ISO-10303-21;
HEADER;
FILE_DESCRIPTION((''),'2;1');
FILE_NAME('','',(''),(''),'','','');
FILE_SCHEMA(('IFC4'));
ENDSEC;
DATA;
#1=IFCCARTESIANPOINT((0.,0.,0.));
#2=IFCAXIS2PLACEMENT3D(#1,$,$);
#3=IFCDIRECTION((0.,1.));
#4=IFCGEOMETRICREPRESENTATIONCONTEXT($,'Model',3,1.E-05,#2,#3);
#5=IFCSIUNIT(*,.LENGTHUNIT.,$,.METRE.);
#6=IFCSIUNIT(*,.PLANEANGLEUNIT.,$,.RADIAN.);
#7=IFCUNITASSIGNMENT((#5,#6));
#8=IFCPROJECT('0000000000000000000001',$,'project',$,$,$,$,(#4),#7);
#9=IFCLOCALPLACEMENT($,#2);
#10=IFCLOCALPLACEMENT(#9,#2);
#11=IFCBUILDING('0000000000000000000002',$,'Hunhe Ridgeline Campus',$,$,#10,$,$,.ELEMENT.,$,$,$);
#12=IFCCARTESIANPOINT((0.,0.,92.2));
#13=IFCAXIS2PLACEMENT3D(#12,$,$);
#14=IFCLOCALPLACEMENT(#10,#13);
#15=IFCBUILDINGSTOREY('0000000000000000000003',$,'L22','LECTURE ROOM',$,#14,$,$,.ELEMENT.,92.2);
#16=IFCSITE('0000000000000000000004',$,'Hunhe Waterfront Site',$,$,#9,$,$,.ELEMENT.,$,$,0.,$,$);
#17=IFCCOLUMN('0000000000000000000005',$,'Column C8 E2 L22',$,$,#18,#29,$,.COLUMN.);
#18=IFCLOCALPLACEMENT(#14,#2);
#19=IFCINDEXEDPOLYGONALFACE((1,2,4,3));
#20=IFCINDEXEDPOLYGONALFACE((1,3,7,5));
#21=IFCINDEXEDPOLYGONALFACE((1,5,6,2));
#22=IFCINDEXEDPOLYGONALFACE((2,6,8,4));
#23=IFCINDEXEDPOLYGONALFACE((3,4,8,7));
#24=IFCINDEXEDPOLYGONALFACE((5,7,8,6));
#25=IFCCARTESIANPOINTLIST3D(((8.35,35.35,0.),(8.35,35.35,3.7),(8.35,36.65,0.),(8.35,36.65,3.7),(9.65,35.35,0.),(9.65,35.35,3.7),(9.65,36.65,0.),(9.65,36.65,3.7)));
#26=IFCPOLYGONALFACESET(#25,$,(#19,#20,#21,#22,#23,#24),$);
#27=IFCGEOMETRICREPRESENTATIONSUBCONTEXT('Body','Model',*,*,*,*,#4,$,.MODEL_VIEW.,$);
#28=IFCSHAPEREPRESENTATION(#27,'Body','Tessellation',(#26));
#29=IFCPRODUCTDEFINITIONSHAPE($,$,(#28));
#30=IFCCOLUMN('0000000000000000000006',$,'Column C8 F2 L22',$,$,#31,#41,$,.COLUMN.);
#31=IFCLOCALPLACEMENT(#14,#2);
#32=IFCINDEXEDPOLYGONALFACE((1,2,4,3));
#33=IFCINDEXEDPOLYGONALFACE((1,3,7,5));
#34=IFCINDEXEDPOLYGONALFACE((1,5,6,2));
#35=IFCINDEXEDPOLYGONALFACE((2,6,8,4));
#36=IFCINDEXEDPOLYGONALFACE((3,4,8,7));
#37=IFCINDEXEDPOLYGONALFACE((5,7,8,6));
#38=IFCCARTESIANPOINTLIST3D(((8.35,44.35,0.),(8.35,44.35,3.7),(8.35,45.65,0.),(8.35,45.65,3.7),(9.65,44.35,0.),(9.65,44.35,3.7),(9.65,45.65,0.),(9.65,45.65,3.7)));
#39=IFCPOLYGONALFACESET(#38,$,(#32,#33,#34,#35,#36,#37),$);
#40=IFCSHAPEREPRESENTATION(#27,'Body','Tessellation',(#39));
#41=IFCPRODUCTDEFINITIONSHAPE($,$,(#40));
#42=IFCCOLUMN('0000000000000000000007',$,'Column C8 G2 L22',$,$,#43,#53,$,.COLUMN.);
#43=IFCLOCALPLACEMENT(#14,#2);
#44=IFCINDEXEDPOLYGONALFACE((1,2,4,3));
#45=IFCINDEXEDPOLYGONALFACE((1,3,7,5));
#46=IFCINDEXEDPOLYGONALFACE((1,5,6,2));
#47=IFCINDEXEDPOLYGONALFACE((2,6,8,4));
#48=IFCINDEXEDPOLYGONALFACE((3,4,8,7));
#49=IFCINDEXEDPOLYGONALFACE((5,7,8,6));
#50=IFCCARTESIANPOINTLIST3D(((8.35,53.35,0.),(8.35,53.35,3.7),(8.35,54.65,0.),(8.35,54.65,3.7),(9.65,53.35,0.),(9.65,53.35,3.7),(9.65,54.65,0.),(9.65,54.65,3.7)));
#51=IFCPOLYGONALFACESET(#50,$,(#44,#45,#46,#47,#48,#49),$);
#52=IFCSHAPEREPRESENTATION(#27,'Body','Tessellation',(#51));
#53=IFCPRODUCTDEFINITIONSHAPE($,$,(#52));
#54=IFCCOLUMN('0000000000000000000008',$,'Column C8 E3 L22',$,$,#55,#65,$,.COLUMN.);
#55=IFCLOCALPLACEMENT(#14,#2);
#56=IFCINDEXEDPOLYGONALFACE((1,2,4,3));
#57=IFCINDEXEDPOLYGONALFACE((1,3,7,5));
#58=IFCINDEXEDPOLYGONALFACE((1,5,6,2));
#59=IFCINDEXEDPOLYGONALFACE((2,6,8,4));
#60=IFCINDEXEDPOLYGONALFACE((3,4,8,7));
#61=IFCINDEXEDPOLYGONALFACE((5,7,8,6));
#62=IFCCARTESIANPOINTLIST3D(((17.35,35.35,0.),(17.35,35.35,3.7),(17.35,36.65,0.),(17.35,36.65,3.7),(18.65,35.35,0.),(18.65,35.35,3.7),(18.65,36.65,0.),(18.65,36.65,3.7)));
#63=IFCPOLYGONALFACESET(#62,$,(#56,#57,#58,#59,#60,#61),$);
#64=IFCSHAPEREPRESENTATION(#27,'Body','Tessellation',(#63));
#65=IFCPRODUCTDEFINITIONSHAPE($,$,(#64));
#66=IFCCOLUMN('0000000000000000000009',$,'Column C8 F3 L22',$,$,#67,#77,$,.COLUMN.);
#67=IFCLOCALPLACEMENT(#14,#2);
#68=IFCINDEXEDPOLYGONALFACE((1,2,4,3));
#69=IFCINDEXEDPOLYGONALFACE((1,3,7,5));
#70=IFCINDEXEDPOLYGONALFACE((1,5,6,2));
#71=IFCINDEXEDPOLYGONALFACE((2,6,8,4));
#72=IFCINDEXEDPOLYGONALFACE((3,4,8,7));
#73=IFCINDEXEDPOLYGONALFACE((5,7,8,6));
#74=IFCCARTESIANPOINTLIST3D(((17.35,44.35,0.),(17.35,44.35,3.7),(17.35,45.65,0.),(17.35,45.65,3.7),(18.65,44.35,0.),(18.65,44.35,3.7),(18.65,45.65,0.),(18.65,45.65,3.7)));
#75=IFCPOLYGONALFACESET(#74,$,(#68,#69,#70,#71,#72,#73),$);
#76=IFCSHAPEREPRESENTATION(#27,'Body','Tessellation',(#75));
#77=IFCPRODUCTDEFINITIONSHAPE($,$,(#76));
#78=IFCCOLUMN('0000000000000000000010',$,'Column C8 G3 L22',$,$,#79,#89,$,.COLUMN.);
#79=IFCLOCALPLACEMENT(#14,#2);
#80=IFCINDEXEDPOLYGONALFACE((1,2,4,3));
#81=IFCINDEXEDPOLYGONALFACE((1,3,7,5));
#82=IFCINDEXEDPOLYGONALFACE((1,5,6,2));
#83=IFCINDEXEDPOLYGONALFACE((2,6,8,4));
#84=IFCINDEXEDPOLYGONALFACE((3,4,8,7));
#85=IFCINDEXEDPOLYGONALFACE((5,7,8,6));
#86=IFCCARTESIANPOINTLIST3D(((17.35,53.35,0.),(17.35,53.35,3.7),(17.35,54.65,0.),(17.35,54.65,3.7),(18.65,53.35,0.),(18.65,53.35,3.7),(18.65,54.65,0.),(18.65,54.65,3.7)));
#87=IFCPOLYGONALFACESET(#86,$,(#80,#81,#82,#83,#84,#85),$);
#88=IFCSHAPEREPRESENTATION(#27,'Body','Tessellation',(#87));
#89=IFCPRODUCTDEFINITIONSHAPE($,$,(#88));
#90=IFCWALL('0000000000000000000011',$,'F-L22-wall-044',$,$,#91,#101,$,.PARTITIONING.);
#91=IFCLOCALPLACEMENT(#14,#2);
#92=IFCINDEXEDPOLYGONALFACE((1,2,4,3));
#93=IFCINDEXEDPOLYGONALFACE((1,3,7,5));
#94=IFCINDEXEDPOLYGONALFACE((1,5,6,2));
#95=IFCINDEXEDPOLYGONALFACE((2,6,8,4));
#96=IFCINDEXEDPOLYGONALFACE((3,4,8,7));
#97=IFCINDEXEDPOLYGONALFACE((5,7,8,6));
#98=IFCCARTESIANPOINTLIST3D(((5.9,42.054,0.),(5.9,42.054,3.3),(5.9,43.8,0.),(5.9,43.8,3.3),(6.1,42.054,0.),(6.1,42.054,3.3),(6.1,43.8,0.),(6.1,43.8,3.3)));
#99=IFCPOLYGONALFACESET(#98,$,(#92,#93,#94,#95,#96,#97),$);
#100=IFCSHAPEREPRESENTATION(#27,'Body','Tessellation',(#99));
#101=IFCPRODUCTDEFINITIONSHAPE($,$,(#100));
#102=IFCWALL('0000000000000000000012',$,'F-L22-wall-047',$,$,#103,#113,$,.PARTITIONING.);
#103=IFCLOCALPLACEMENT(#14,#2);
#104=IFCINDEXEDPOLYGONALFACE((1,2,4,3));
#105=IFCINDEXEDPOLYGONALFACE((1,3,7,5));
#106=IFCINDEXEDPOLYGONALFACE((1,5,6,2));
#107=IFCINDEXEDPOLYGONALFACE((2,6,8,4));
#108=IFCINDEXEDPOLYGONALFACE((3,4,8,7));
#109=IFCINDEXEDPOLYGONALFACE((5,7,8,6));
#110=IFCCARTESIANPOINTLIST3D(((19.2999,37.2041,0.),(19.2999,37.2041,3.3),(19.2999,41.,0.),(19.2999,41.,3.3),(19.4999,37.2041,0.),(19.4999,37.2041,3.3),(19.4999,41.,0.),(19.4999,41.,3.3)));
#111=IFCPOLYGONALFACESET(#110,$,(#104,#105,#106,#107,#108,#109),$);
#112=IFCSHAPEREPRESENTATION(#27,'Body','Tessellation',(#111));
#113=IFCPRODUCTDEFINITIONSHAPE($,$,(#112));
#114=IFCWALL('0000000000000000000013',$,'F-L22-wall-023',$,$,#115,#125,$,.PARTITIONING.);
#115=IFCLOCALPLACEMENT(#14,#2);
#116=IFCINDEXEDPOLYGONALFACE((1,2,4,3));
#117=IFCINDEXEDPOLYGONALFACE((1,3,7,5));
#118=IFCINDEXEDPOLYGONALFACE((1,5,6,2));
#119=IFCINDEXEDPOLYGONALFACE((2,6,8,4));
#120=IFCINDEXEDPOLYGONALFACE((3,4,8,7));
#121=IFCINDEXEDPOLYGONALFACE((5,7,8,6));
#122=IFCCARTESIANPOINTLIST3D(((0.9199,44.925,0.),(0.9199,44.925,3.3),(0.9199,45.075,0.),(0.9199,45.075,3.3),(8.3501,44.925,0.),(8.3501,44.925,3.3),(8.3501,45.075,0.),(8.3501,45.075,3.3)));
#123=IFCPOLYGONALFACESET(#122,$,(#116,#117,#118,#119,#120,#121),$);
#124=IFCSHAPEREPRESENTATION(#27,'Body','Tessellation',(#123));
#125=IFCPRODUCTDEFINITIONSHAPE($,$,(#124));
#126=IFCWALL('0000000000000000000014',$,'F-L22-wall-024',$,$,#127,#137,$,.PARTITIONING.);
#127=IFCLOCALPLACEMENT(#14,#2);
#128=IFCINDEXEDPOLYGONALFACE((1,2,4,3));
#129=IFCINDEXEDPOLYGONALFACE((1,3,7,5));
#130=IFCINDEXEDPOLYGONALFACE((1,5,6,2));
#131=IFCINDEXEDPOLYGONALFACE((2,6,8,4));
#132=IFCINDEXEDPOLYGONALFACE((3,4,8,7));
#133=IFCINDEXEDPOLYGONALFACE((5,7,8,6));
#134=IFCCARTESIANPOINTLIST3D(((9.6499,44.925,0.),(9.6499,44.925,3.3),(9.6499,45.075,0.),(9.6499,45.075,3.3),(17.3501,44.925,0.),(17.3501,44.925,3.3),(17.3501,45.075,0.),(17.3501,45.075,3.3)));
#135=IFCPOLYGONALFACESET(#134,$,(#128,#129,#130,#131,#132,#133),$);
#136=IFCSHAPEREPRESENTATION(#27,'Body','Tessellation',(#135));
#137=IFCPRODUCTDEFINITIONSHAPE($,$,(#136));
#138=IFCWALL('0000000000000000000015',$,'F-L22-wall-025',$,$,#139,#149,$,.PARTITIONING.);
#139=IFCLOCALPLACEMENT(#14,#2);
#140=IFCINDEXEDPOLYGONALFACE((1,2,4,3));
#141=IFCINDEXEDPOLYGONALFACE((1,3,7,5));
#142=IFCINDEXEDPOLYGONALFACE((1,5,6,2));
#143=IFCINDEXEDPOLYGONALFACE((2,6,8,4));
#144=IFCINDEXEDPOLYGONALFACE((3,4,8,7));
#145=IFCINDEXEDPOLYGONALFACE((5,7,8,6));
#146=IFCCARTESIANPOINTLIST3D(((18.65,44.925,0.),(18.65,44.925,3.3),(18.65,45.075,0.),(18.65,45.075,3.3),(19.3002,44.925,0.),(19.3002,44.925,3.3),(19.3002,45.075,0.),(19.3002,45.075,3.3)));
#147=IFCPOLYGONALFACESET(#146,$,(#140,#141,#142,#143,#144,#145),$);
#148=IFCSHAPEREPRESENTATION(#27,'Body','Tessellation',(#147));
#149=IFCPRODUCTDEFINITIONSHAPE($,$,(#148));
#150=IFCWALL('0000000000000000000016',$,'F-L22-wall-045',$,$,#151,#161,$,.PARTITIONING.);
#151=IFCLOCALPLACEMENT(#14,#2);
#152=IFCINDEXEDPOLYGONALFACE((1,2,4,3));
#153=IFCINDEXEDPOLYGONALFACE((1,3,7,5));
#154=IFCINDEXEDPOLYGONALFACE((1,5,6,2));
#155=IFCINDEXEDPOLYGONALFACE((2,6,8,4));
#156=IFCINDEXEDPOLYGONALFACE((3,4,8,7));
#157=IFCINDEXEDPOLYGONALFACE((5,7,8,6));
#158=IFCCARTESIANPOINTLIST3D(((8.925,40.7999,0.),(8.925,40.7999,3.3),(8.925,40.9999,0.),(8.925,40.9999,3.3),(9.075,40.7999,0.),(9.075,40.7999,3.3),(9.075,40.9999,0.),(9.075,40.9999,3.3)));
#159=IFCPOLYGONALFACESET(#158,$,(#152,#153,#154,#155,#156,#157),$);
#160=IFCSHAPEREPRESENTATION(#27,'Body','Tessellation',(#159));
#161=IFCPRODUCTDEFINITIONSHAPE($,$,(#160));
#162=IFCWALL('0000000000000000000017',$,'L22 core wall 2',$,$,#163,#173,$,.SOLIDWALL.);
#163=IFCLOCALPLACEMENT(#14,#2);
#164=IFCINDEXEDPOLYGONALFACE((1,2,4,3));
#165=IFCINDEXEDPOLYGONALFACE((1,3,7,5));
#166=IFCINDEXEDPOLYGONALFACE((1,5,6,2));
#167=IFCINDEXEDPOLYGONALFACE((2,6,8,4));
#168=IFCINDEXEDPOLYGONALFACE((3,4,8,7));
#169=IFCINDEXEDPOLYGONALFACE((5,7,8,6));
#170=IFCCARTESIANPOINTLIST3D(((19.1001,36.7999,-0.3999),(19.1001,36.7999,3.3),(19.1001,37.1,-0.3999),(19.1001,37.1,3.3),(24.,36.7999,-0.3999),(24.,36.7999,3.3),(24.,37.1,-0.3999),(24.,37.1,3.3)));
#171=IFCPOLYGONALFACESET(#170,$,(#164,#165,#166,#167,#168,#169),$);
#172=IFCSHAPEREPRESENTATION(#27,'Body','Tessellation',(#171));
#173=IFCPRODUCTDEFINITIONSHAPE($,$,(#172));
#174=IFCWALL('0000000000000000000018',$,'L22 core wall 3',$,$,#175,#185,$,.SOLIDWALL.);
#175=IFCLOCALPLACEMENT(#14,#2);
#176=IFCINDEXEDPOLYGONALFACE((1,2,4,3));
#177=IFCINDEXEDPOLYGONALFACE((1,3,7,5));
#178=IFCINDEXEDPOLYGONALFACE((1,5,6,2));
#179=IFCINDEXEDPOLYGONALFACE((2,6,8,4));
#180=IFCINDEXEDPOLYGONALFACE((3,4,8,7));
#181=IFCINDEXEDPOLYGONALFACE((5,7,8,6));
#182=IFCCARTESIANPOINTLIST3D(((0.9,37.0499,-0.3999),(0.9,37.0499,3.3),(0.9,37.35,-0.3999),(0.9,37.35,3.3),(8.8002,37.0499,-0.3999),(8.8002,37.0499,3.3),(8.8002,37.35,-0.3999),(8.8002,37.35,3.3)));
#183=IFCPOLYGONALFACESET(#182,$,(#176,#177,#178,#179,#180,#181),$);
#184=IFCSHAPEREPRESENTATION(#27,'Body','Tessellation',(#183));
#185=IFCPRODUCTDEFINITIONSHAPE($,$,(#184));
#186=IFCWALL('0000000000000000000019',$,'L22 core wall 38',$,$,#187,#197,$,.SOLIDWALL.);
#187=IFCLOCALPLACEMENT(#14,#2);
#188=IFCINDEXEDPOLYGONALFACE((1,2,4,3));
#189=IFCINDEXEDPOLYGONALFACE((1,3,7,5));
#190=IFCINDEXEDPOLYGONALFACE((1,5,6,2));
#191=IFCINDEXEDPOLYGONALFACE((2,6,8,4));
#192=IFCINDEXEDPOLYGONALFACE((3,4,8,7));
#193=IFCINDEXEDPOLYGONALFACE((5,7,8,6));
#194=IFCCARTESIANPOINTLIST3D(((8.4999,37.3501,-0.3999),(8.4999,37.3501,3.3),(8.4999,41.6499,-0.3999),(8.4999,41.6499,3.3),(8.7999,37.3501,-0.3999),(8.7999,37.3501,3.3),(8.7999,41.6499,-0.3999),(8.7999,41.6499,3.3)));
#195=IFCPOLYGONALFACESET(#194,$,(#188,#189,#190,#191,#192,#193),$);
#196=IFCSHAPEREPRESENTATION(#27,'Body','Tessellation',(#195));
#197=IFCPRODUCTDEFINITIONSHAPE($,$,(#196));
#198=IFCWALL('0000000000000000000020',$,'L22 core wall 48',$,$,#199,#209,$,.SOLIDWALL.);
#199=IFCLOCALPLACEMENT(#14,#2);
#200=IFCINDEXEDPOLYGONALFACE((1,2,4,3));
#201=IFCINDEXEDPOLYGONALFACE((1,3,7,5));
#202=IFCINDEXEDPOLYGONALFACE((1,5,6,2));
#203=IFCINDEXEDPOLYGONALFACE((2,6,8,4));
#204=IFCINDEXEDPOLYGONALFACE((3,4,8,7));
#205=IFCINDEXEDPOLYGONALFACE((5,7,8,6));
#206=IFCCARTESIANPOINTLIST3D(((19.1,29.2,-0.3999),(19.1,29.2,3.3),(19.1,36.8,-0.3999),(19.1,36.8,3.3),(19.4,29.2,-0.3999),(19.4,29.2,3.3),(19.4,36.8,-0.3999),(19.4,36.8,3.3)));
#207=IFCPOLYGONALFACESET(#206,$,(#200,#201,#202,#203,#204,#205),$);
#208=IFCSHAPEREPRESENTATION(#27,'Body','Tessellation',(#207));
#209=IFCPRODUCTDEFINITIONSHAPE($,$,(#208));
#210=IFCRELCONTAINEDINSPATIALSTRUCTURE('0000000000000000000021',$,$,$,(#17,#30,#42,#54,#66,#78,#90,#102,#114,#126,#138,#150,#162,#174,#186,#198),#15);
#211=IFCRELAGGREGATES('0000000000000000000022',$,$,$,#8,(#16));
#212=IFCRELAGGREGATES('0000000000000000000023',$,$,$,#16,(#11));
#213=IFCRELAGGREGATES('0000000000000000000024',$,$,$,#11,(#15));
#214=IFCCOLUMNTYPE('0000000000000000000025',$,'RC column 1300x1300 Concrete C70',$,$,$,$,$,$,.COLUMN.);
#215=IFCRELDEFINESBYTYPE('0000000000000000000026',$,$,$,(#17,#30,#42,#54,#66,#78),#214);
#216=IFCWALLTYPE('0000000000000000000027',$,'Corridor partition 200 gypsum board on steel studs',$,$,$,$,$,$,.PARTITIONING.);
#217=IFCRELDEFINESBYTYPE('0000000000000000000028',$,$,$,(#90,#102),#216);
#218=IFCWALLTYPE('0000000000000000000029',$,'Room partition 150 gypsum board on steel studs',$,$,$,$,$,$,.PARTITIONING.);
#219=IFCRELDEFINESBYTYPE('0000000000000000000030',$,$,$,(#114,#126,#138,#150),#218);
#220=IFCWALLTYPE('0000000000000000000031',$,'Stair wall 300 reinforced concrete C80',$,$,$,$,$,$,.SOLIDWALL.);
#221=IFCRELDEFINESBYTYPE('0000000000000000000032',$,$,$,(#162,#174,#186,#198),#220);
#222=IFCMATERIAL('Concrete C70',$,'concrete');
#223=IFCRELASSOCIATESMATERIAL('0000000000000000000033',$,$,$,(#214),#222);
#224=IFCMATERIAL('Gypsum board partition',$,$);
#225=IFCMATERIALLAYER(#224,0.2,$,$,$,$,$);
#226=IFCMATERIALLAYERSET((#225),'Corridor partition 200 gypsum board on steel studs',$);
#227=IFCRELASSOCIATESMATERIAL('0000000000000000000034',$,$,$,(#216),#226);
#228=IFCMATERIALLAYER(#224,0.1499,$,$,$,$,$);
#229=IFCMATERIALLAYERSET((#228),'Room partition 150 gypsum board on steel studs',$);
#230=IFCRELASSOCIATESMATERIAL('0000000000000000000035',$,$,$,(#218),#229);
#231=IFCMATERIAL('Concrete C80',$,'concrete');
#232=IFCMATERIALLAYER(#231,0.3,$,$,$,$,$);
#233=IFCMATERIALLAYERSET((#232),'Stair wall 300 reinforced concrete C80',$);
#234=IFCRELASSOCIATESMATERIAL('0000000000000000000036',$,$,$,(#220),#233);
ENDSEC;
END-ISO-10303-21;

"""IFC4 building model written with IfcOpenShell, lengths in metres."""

from ifc_helpers import new_model, si_unit, direction, frame, frame_2d, origin, origin_2d, place, context, subcontext, project, spatial, rectangle, extrude, material, layer, layer_set, material_profile, profile_set, type_object, element, save


model = new_model("IFC4")

# Units and contexts
model_context = context("Model", 3, precision=1e-05, world=origin(), true_north=direction((0.0, 1.0)))
body_context = subcontext(model_context, "Body", "Model", "MODEL_VIEW")
ifc_project = project(units=[si_unit("LENGTHUNIT", "METRE"), si_unit("PLANEANGLEUNIT", "RADIAN")], contexts=[model_context])

# Site, building, storey
site_placement = place(None, origin())
site = spatial("IfcSite", under=ifc_project, at=site_placement, Name="Hunhe Waterfront Site", CompositionType="ELEMENT", RefElevation=0.0)
building_placement = place(site_placement, origin())
building = spatial("IfcBuilding", under=site, at=building_placement, Name="Hunhe Ridgeline Campus", CompositionType="ELEMENT")
storey_placement = place(building_placement, frame((0.0, 0.0, 92.2)))
storey = spatial("IfcBuildingStorey", under=building, at=storey_placement, Name="L22", Description="LECTURE ROOM", CompositionType="ELEMENT", Elevation=92.2)

# Columns
ifc_material_1 = material(Name="Concrete C70", Category="concrete")
ifc_material_profile = material_profile(ifc_material_1, rectangle(XDim=1.3, YDim=1.3, at=origin_2d()))
ifc_profile_set = profile_set([ifc_material_profile], Name="Concrete C70")
column_type = type_object("IfcColumnType", Name="RC column 1300x1300 Concrete C70", PredefinedType="COLUMN", material=ifc_profile_set)
for number, where, z_axis, x_axis, name in (
    (1, (9.0, 36.0, 0.0), (0.0, 0.0, 1.0), (1.0, 0.0, 0.0), "Column C8 E2 L22"),
    (2, (9.0, 45.0, 0.0), (0.0, 0.0, 1.0), (1.0, 0.0, 0.0), "Column C8 F2 L22"),
    (3, (9.0, 54.0, 0.0), (0.0, 0.0, 1.0), (1.0, 0.0, 0.0), "Column C8 G2 L22"),
    (4, (18.0, 36.0, 0.0), (0.0, 0.0, 1.0), (1.0, 0.0, 0.0), "Column C8 E3 L22"),
    (5, (18.0, 45.0, 0.0), (0.0, 0.0, 1.0), (1.0, 0.0, 0.0), "Column C8 F3 L22"),
    (6, (18.0, 54.0, 0.0), (0.0, 0.0, 1.0), (1.0, 0.0, 0.0), "Column C8 G3 L22"),
):
    element("IfcColumn", number, at=place(storey_placement, frame(where, z_axis=z_axis, x_axis=x_axis)), inside=storey, type_object=column_type, Name=name, PredefinedType="COLUMN", context=body_context, shape_type="SweptSolid", body=[
        extrude(rectangle(XDim=1.3, YDim=1.3, at=origin_2d()), origin(), (0.0, 0.0, 1.0), 3.7),
    ])

# Shared definitions
ifc_material_2 = material(Name="Gypsum board partition")
ifc_layer_1 = layer(ifc_material_2, 0.2)
ifc_layer_set_1 = layer_set([ifc_layer_1], Name="Corridor partition 200 gypsum board on steel studs")
wall_type_1 = type_object("IfcWallType", Name="Corridor partition 200 gypsum board on steel studs", PredefinedType="PARTITIONING", material=ifc_layer_set_1)

# Walls
wall_1_placement = place(storey_placement, frame((6.0, 42.054, 0.0), z_axis=(0.0, 0.0, 1.0), x_axis=(0.0, 1.0, 0.0)))
element("IfcWall", 7, at=wall_1_placement, inside=storey, type_object=wall_type_1, Name="F-L22-wall-044", PredefinedType="PARTITIONING", context=body_context, shape_type="SweptSolid", body=[
    extrude(rectangle(XDim=1.7461, YDim=0.2, at=frame_2d((0.873, 0.0))), origin(), (0.0, 0.0, 1.0), 3.3),
])
wall_2_placement = place(storey_placement, frame((19.3999, 37.2041, 0.0), z_axis=(0.0, 0.0, 1.0), x_axis=(0.0, 1.0, 0.0)))
element("IfcWall", 8, at=wall_2_placement, inside=storey, type_object=wall_type_1, Name="F-L22-wall-047", PredefinedType="PARTITIONING", context=body_context, shape_type="SweptSolid", body=[
    extrude(rectangle(XDim=3.7959, YDim=0.2, at=frame_2d((1.8979, 0.0))), origin(), (0.0, 0.0, 1.0), 3.3),
])

# Walls
ifc_layer_2 = layer(ifc_material_2, 0.1499)
ifc_layer_set_2 = layer_set([ifc_layer_2], Name="Room partition 150 gypsum board on steel studs")
wall_type_2 = type_object("IfcWallType", Name="Room partition 150 gypsum board on steel studs", PredefinedType="PARTITIONING", material=ifc_layer_set_2)
wall_3_placement = place(storey_placement, frame((0.9199, 45.0, 0.0), z_axis=(0.0, 0.0, 1.0), x_axis=(1.0, 0.0, 0.0)))
element("IfcWall", 9, at=wall_3_placement, inside=storey, type_object=wall_type_2, Name="F-L22-wall-023", PredefinedType="PARTITIONING", context=body_context, shape_type="SweptSolid", body=[
    extrude(rectangle(XDim=7.4302, YDim=0.1499, at=frame_2d((3.7151, 0.0))), origin(), (0.0, 0.0, 1.0), 3.3),
])
wall_4_placement = place(storey_placement, frame((9.6499, 45.0, 0.0), z_axis=(0.0, 0.0, 1.0), x_axis=(1.0, 0.0, 0.0)))
element("IfcWall", 10, at=wall_4_placement, inside=storey, type_object=wall_type_2, Name="F-L22-wall-024", PredefinedType="PARTITIONING", context=body_context, shape_type="SweptSolid", body=[
    extrude(rectangle(XDim=7.7002, YDim=0.1499, at=frame_2d((3.8501, 0.0))), origin(), (0.0, 0.0, 1.0), 3.3),
])
wall_5_placement = place(storey_placement, frame((18.6499, 45.0, 0.0), z_axis=(0.0, 0.0, 1.0), x_axis=(1.0, 0.0, 0.0)))
element("IfcWall", 11, at=wall_5_placement, inside=storey, type_object=wall_type_2, Name="F-L22-wall-025", PredefinedType="PARTITIONING", context=body_context, shape_type="SweptSolid", body=[
    extrude(rectangle(XDim=0.6501, YDim=0.1499, at=frame_2d((0.3252, 0.0))), origin(), (0.0, 0.0, 1.0), 3.3),
])
wall_6_placement = place(storey_placement, frame((9.0, 41.0, 0.0), z_axis=(0.0, 0.0, 1.0), x_axis=(0.0, -1.0, 0.0)))
element("IfcWall", 12, at=wall_6_placement, inside=storey, type_object=wall_type_2, Name="F-L22-wall-045", PredefinedType="PARTITIONING", context=body_context, shape_type="SweptSolid", body=[
    extrude(rectangle(XDim=0.2, YDim=0.1499, at=frame_2d((0.1001, 0.0))), origin(), (0.0, 0.0, 1.0), 3.3),
])
ifc_material_3 = material(Name="Concrete C80", Category="concrete")
ifc_layer_3 = layer(ifc_material_3, 0.3)
ifc_layer_set_3 = layer_set([ifc_layer_3], Name="Stair wall 300 reinforced concrete C80")
wall_type_3 = type_object("IfcWallType", Name="Stair wall 300 reinforced concrete C80", PredefinedType="SOLIDWALL", material=ifc_layer_set_3)
wall_7_placement = place(storey_placement, frame((19.1001, 36.95, -0.3999), z_axis=(0.0, 0.0, 1.0), x_axis=(1.0, 0.0, 0.0)))
element("IfcWall", 13, at=wall_7_placement, inside=storey, type_object=wall_type_3, Name="L22 core wall 2", PredefinedType="SOLIDWALL", context=body_context, shape_type="SweptSolid", body=[
    extrude(rectangle(XDim=4.8999, YDim=0.3, at=frame_2d((2.45, 0.0))), origin(), (0.0, 0.0, 1.0), 3.7),
])
wall_8_placement = place(storey_placement, frame((0.8999, 37.2, -0.3999), z_axis=(0.0, 0.0, 1.0), x_axis=(1.0, 0.0, 0.0)))
element("IfcWall", 14, at=wall_8_placement, inside=storey, type_object=wall_type_3, Name="L22 core wall 3", PredefinedType="SOLIDWALL", context=body_context, shape_type="SweptSolid", body=[
    extrude(rectangle(XDim=7.9001, YDim=0.3, at=frame_2d((3.9502, 0.0))), origin(), (0.0, 0.0, 1.0), 3.7),
])

# Walls
wall_9_placement = place(storey_placement, frame((8.6499, 37.3501, -0.3999), z_axis=(0.0, 0.0, 1.0), x_axis=(0.0, 1.0, 0.0)))
element("IfcWall", 15, at=wall_9_placement, inside=storey, type_object=wall_type_3, Name="L22 core wall 38", PredefinedType="SOLIDWALL", context=body_context, shape_type="SweptSolid", body=[
    extrude(rectangle(XDim=4.2998, YDim=0.3, at=frame_2d((2.1499, 0.0))), origin(), (0.0, 0.0, 1.0), 3.7),
])
wall_10_placement = place(storey_placement, frame((19.25, 29.2, -0.3999), z_axis=(0.0, 0.0, 1.0), x_axis=(0.0, 1.0, 0.0)))
element("IfcWall", 16, at=wall_10_placement, inside=storey, type_object=wall_type_3, Name="L22 core wall 48", PredefinedType="SOLIDWALL", context=body_context, shape_type="SweptSolid", body=[
    extrude(rectangle(XDim=7.6001, YDim=0.3, at=frame_2d((3.8, 0.0))), origin(), (0.0, 0.0, 1.0), 3.7),
])

save(model, "model.ifc")
